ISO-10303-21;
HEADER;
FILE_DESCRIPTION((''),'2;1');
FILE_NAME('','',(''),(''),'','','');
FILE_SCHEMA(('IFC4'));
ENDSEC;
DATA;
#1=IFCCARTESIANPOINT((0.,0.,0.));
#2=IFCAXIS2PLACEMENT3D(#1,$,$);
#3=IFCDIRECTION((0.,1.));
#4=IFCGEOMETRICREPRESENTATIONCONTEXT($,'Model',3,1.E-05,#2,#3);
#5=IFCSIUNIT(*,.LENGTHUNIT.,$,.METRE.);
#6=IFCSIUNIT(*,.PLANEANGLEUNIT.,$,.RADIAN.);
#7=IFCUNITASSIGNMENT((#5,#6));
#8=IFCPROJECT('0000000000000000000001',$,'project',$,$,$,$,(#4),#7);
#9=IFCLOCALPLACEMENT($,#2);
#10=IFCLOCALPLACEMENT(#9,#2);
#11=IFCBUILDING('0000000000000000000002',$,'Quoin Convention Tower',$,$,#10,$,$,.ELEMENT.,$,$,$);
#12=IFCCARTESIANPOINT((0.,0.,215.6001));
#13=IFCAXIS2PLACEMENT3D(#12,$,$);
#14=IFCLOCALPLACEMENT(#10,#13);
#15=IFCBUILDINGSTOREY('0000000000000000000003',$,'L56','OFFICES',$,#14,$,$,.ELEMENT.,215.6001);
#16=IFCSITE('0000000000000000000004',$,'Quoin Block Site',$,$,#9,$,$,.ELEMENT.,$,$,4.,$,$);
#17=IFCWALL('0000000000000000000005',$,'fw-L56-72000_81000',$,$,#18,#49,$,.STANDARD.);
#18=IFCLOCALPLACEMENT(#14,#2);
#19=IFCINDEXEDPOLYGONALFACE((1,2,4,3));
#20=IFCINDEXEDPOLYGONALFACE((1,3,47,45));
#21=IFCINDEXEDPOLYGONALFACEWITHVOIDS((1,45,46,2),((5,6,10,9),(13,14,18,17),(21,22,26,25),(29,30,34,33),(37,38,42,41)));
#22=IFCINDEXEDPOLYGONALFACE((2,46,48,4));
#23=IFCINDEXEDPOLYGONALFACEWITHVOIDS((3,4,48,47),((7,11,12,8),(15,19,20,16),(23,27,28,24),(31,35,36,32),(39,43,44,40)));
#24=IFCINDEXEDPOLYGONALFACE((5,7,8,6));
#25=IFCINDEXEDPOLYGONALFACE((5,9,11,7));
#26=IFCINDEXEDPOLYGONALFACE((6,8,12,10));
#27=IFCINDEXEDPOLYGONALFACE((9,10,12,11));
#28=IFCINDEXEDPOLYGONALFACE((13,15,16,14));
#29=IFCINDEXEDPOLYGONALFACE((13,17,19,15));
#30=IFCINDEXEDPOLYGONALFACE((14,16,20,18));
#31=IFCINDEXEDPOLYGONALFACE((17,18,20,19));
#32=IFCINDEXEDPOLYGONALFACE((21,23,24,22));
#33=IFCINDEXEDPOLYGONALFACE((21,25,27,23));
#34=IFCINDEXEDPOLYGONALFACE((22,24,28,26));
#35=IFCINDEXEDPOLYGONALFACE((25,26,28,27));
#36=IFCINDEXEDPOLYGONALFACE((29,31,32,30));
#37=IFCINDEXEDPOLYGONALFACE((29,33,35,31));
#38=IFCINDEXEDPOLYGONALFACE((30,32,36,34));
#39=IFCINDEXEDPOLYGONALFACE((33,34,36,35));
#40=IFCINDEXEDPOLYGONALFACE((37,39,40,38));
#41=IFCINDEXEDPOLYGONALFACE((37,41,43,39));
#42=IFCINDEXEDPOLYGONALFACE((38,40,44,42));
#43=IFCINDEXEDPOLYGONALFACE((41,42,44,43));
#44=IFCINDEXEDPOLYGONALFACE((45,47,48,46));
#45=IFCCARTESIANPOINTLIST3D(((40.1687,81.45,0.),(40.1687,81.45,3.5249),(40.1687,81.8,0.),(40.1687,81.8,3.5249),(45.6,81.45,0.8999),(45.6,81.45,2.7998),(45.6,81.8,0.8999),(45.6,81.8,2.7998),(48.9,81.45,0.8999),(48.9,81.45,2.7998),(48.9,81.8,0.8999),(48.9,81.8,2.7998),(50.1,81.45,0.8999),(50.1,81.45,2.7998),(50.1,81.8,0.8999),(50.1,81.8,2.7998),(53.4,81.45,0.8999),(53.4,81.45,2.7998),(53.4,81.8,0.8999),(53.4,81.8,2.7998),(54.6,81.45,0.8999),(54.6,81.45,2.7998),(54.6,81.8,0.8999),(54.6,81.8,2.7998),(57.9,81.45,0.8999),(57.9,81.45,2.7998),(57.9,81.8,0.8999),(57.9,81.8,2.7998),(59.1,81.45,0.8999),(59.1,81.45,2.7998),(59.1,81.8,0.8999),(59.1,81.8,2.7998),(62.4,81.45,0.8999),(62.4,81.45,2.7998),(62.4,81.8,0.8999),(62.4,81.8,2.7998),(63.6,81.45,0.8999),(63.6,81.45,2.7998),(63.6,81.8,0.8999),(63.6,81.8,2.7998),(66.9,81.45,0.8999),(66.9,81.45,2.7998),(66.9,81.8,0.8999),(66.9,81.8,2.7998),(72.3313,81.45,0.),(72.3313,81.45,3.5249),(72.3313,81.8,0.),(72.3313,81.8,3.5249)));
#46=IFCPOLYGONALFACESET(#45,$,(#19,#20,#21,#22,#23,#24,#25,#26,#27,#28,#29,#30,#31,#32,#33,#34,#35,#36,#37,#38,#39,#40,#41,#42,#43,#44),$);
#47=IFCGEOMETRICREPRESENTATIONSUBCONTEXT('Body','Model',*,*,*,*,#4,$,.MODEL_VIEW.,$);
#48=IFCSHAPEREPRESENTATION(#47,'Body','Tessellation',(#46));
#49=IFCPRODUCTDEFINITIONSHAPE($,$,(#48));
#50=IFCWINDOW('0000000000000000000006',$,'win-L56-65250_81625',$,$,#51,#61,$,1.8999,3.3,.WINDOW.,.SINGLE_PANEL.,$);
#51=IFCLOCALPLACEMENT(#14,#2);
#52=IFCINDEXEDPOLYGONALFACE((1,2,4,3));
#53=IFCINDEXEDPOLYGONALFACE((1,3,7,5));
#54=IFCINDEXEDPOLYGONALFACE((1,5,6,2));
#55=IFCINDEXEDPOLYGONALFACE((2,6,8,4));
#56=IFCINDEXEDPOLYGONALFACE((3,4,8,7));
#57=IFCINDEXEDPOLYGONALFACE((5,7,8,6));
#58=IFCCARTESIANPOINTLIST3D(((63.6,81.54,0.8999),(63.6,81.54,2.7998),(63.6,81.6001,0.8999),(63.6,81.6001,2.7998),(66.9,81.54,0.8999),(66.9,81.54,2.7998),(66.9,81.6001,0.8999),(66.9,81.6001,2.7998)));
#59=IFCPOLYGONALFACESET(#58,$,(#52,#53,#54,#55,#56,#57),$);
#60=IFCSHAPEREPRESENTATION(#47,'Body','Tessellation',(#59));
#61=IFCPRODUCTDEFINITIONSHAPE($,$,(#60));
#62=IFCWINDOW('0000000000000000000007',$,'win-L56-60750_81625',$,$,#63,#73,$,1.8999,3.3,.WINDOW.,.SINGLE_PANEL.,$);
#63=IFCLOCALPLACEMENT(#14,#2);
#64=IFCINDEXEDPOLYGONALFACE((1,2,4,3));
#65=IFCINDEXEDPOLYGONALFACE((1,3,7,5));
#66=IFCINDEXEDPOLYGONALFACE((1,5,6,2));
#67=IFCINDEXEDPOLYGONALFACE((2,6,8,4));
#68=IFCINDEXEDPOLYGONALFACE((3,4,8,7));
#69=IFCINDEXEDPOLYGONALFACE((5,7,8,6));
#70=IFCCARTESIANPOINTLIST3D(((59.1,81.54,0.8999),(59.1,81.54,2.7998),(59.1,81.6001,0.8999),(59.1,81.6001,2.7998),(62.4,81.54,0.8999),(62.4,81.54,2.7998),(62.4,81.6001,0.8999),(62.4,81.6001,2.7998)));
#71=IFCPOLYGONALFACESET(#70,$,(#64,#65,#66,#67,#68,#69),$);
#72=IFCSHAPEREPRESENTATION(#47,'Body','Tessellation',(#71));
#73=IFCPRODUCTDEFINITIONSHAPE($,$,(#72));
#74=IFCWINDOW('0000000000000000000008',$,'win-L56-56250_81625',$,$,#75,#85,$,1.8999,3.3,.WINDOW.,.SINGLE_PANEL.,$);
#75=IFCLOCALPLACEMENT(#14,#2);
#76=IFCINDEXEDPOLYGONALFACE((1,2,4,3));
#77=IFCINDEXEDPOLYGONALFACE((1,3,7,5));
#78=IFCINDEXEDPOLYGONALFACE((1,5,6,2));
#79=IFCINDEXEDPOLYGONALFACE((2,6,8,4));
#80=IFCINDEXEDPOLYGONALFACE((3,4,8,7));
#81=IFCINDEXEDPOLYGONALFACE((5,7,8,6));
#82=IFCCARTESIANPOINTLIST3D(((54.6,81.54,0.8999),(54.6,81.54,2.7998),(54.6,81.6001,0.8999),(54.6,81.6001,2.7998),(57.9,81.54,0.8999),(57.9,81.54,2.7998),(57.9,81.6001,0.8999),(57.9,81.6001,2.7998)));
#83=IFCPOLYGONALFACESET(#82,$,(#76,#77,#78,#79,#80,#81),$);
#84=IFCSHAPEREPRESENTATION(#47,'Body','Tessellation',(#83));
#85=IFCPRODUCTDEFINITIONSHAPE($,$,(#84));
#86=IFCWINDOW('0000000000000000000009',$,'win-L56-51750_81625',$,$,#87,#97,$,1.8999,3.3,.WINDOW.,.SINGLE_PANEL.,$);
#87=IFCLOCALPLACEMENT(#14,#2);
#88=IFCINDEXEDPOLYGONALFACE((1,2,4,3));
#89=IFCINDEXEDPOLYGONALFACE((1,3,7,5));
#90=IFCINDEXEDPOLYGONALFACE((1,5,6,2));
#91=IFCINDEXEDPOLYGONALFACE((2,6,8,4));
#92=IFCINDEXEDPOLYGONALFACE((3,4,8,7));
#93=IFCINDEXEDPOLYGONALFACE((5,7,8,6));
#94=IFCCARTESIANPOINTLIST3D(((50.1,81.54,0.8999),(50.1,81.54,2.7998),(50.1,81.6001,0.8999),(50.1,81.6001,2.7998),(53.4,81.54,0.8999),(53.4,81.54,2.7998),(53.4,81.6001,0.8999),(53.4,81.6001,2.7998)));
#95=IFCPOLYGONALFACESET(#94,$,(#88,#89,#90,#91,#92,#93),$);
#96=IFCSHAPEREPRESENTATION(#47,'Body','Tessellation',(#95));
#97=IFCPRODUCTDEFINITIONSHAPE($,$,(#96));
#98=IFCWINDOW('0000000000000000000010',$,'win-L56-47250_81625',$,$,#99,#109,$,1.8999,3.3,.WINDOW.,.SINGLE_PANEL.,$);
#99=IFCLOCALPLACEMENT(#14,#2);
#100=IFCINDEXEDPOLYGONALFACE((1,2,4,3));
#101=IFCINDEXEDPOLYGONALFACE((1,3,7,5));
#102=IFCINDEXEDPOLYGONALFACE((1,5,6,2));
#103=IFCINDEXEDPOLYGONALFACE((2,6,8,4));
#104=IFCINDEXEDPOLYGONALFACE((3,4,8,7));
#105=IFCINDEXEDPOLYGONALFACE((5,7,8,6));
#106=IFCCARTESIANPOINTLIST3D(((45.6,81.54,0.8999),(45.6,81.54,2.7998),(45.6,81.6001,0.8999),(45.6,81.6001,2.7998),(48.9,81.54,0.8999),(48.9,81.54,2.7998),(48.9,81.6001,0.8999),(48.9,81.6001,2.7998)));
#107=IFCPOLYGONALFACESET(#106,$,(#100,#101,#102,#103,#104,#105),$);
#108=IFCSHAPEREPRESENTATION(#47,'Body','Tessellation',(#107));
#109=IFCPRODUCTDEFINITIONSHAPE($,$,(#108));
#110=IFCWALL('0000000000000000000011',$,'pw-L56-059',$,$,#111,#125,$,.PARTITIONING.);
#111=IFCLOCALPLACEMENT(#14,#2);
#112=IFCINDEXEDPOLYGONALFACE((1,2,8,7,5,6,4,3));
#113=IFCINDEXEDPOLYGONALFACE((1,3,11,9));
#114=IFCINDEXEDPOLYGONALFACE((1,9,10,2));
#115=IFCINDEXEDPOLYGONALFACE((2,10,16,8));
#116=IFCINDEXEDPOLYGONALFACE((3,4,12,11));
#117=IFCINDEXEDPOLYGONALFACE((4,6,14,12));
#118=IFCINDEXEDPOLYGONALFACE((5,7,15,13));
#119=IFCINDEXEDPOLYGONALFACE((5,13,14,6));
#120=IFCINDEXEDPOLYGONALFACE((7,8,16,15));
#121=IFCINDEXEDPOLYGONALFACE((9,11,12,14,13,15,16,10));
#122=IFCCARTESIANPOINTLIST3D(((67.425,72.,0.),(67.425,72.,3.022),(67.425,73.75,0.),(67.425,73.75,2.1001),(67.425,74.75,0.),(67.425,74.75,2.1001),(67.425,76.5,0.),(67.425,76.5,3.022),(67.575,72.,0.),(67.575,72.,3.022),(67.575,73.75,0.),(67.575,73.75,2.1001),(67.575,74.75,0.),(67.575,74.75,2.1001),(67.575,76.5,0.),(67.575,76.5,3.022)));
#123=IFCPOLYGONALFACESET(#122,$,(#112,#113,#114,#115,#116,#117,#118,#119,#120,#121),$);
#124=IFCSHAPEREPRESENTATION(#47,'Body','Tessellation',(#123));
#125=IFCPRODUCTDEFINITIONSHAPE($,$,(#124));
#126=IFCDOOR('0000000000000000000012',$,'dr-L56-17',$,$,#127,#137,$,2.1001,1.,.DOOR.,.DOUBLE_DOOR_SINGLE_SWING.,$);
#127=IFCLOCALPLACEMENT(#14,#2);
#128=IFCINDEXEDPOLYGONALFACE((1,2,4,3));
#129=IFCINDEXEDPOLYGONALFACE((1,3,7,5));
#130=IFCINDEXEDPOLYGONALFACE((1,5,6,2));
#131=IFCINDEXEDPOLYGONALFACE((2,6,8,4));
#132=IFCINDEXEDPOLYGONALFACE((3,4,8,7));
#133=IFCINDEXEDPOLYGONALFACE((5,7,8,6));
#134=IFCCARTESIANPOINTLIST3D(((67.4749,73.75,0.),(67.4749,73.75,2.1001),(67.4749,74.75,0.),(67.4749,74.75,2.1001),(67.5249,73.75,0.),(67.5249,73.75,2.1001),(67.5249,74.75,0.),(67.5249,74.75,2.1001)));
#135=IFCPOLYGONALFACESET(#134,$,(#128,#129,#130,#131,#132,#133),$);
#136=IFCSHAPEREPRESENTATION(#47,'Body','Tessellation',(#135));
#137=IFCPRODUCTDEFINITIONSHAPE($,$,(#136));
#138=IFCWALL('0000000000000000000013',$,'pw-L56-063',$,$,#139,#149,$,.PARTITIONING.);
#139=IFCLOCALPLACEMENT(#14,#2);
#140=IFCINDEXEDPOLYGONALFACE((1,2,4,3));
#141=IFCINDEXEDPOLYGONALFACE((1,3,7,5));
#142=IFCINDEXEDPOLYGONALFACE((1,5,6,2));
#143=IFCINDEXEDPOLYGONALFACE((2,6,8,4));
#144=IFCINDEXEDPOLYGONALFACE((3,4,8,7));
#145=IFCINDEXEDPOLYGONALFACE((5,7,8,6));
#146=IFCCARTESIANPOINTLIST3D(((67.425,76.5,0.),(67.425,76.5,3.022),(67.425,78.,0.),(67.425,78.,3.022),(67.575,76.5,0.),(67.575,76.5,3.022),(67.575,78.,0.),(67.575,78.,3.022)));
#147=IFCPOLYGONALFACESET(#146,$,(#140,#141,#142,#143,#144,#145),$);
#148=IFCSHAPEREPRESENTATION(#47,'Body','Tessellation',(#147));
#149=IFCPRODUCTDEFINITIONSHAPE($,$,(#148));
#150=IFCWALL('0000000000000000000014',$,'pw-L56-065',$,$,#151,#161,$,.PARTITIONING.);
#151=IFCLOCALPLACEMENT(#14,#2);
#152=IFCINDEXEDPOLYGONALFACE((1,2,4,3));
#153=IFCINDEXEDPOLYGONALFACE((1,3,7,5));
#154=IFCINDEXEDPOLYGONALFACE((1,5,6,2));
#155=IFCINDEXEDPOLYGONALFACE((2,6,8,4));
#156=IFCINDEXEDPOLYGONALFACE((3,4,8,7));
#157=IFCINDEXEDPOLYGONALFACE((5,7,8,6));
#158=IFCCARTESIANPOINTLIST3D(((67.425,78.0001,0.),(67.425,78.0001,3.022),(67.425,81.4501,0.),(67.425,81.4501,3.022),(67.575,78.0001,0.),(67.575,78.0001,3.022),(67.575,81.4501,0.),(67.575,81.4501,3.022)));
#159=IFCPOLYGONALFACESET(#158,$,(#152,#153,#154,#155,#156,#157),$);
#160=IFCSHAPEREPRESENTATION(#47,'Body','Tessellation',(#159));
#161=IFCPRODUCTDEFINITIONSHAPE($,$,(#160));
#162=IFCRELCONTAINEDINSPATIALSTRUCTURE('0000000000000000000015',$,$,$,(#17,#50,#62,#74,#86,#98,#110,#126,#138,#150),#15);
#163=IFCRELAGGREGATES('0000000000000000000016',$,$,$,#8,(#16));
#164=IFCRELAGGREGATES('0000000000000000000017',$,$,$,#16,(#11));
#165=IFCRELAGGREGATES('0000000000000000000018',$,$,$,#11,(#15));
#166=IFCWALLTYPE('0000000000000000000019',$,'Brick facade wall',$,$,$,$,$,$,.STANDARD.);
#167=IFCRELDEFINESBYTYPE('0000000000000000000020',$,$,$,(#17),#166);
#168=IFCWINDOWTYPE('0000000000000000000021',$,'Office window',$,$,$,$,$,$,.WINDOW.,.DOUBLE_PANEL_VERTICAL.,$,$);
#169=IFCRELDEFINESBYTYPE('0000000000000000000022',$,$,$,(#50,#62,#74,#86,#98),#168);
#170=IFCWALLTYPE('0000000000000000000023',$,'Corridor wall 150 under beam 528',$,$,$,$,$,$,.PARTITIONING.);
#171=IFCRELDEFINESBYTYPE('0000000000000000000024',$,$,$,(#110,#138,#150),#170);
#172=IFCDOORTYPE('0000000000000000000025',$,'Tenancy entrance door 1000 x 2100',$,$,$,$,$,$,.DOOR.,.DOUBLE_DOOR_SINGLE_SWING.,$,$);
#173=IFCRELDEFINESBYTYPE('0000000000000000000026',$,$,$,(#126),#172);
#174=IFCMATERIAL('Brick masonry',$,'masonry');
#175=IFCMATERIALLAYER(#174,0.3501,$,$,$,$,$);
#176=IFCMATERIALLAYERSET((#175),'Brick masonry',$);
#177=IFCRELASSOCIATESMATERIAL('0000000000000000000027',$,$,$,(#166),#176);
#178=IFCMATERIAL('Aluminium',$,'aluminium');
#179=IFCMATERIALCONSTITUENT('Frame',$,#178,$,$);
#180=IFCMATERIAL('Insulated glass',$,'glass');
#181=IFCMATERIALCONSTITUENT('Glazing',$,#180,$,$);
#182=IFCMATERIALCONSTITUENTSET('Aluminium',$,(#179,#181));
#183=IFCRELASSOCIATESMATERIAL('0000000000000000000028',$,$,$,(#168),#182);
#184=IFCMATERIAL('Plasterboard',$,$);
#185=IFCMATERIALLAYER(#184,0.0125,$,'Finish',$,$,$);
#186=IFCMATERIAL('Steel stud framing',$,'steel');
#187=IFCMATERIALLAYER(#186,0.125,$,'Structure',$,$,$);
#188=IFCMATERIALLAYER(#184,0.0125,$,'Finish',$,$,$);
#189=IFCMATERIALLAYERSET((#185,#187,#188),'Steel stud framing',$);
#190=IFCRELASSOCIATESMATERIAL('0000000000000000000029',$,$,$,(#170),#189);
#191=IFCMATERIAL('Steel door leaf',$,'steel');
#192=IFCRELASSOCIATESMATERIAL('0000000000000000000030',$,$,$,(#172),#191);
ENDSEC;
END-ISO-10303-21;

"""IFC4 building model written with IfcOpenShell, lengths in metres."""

from ifc_helpers import new_model, si_unit, direction, frame, frame_2d, origin, place, context, subcontext, project, spatial, rectangle, extrude, material, layer, layer_set, constituent, constituent_set, type_object, element, fill, save


model = new_model("IFC4")

# Units and contexts
model_context = context("Model", 3, precision=1e-05, world=origin(), true_north=direction((0.0, 1.0)))
body_context = subcontext(model_context, "Body", "Model", "MODEL_VIEW")
ifc_project = project(units=[si_unit("LENGTHUNIT", "METRE"), si_unit("PLANEANGLEUNIT", "RADIAN")], contexts=[model_context])

# Site, building, storey
site_placement = place(None, origin())
site = spatial("IfcSite", under=ifc_project, at=site_placement, Name="Quoin Block Site", CompositionType="ELEMENT", RefElevation=4.0)
building_placement = place(site_placement, origin())
building = spatial("IfcBuilding", under=site, at=building_placement, Name="Quoin Convention Tower", CompositionType="ELEMENT")
storey_placement = place(building_placement, frame((0.0, 0.0, 215.6001)))
storey = spatial("IfcBuildingStorey", under=building, at=storey_placement, Name="L56", Description="OFFICES", CompositionType="ELEMENT", Elevation=215.6001)

# Shared definitions
ifc_material_1 = material(Name="Brick masonry", Category="masonry")
ifc_layer_1 = layer(ifc_material_1, 0.3501)
ifc_layer_set_1 = layer_set([ifc_layer_1], Name="Brick masonry")
wall_type_1 = type_object("IfcWallType", Name="Brick facade wall", PredefinedType="STANDARD", material=ifc_layer_set_1)
ifc_material_2 = material(Name="Aluminium", Category="aluminium")
ifc_constituent_1 = constituent(ifc_material_2, Name="Frame")
ifc_material_3 = material(Name="Insulated glass", Category="glass")
ifc_constituent_2 = constituent(ifc_material_3, Name="Glazing")
ifc_constituent_set = constituent_set(constituents=[ifc_constituent_1, ifc_constituent_2], Name="Aluminium")
window_type = type_object("IfcWindowType", Name="Office window", PartitioningType="DOUBLE_PANEL_VERTICAL", PredefinedType="WINDOW", material=ifc_constituent_set)

# Wall, openings, windows
wall_1_placement = place(storey_placement, frame((72.3313, 81.625, 0.0), z_axis=(0.0, 0.0, 1.0), x_axis=(-1.0, 0.0, 0.0)))
wall_1 = element("IfcWall", 1, at=wall_1_placement, inside=storey, type_object=wall_type_1, Name="fw-L56-72000_81000", PredefinedType="STANDARD", context=body_context, shape_type="SweptSolid", body=[
    extrude(rectangle(XDim=32.1626, YDim=0.3501, at=frame_2d((16.0813, 0.0))), origin(), (0.0, 0.0, 1.0), 3.5249),
])
opening_1_placement = place(wall_1_placement, frame((5.4314, 0.0, 0.8999)))
opening_1 = element("IfcOpeningElement", 2, at=opening_1_placement, cuts=wall_1, PredefinedType="OPENING", context=body_context, shape_type="SweptSolid", body=[
    extrude(rectangle(XDim=3.3, YDim=1.8999, at=frame_2d((1.6499, 0.95))), frame((0.0, 0.1851, 0.0), z_axis=(0.0, -1.0, 0.0), x_axis=(1.0, 0.0, 0.0)), (0.0, 0.0, 1.0), 0.3701),
])
opening_2_placement = place(wall_1_placement, frame((9.9314, 0.0, 0.8999)))
opening_2 = element("IfcOpeningElement", 3, at=opening_2_placement, cuts=wall_1, PredefinedType="OPENING", context=body_context, shape_type="SweptSolid", body=[
    extrude(rectangle(XDim=3.3, YDim=1.8999, at=frame_2d((1.6499, 0.95))), frame((0.0, 0.1851, 0.0), z_axis=(0.0, -1.0, 0.0), x_axis=(1.0, 0.0, 0.0)), (0.0, 0.0, 1.0), 0.3701),
])
opening_3_placement = place(wall_1_placement, frame((14.4314, 0.0, 0.8999)))
opening_3 = element("IfcOpeningElement", 4, at=opening_3_placement, cuts=wall_1, PredefinedType="OPENING", context=body_context, shape_type="SweptSolid", body=[
    extrude(rectangle(XDim=3.3, YDim=1.8999, at=frame_2d((1.6499, 0.95))), frame((0.0, 0.1851, 0.0), z_axis=(0.0, -1.0, 0.0), x_axis=(1.0, 0.0, 0.0)), (0.0, 0.0, 1.0), 0.3701),
])
opening_4_placement = place(wall_1_placement, frame((18.9314, 0.0, 0.8999)))
opening_4 = element("IfcOpeningElement", 5, at=opening_4_placement, cuts=wall_1, PredefinedType="OPENING", context=body_context, shape_type="SweptSolid", body=[
    extrude(rectangle(XDim=3.3, YDim=1.8999, at=frame_2d((1.6499, 0.95))), frame((0.0, 0.1851, 0.0), z_axis=(0.0, -1.0, 0.0), x_axis=(1.0, 0.0, 0.0)), (0.0, 0.0, 1.0), 0.3701),
])
opening_5_placement = place(wall_1_placement, frame((23.4314, 0.0, 0.8999)))
opening_5 = element("IfcOpeningElement", 6, at=opening_5_placement, cuts=wall_1, PredefinedType="OPENING", context=body_context, shape_type="SweptSolid", body=[
    extrude(rectangle(XDim=3.3, YDim=1.8999, at=frame_2d((1.6499, 0.95))), frame((0.0, 0.1851, 0.0), z_axis=(0.0, -1.0, 0.0), x_axis=(1.0, 0.0, 0.0)), (0.0, 0.0, 1.0), 0.3701),
])
window_1_placement = place(opening_1_placement, origin())
window_1 = element("IfcWindow", 7, at=window_1_placement, inside=storey, type_object=window_type, Name="win-L56-65250_81625", OverallHeight=1.8999, OverallWidth=3.3, PartitioningType="SINGLE_PANEL", PredefinedType="WINDOW", context=body_context, shape_type="SweptSolid", body=[
    extrude(rectangle(XDim=3.3, YDim=1.8999, at=frame_2d((1.6499, 0.95))), frame((0.0, 0.085, 0.0), z_axis=(0.0, -1.0, 0.0), x_axis=(1.0, 0.0, 0.0)), (0.0, 0.0, 1.0), 0.0601),
])
fill(opening_1, window_1)
window_2_placement = place(opening_2_placement, origin())
window_2 = element("IfcWindow", 8, at=window_2_placement, inside=storey, type_object=window_type, Name="win-L56-60750_81625", OverallHeight=1.8999, OverallWidth=3.3, PartitioningType="SINGLE_PANEL", PredefinedType="WINDOW", context=body_context, shape_type="SweptSolid", body=[
    extrude(rectangle(XDim=3.3, YDim=1.8999, at=frame_2d((1.6499, 0.95))), frame((0.0, 0.085, 0.0), z_axis=(0.0, -1.0, 0.0), x_axis=(1.0, 0.0, 0.0)), (0.0, 0.0, 1.0), 0.0601),
])
fill(opening_2, window_2)
window_3_placement = place(opening_3_placement, origin())
window_3 = element("IfcWindow", 9, at=window_3_placement, inside=storey, type_object=window_type, Name="win-L56-56250_81625", OverallHeight=1.8999, OverallWidth=3.3, PartitioningType="SINGLE_PANEL", PredefinedType="WINDOW", context=body_context, shape_type="SweptSolid", body=[
    extrude(rectangle(XDim=3.3, YDim=1.8999, at=frame_2d((1.6499, 0.95))), frame((0.0, 0.085, 0.0), z_axis=(0.0, -1.0, 0.0), x_axis=(1.0, 0.0, 0.0)), (0.0, 0.0, 1.0), 0.0601),
])
fill(opening_3, window_3)
window_4_placement = place(opening_4_placement, origin())
window_4 = element("IfcWindow", 10, at=window_4_placement, inside=storey, type_object=window_type, Name="win-L56-51750_81625", OverallHeight=1.8999, OverallWidth=3.3, PartitioningType="SINGLE_PANEL", PredefinedType="WINDOW", context=body_context, shape_type="SweptSolid", body=[
    extrude(rectangle(XDim=3.3, YDim=1.8999, at=frame_2d((1.6499, 0.95))), frame((0.0, 0.085, 0.0), z_axis=(0.0, -1.0, 0.0), x_axis=(1.0, 0.0, 0.0)), (0.0, 0.0, 1.0), 0.0601),
])
fill(opening_4, window_4)
window_5_placement = place(opening_5_placement, origin())
window_5 = element("IfcWindow", 11, at=window_5_placement, inside=storey, type_object=window_type, Name="win-L56-47250_81625", OverallHeight=1.8999, OverallWidth=3.3, PartitioningType="SINGLE_PANEL", PredefinedType="WINDOW", context=body_context, shape_type="SweptSolid", body=[
    extrude(rectangle(XDim=3.3, YDim=1.8999, at=frame_2d((1.6499, 0.95))), frame((0.0, 0.085, 0.0), z_axis=(0.0, -1.0, 0.0), x_axis=(1.0, 0.0, 0.0)), (0.0, 0.0, 1.0), 0.0601),
])
fill(opening_5, window_5)

# Wall, opening, door
ifc_material_4 = material(Name="Plasterboard")
ifc_layer_2 = layer(ifc_material_4, 0.0125, Name="Finish")
ifc_material_5 = material(Name="Steel stud framing", Category="steel")
ifc_layer_3 = layer(ifc_material_5, 0.125, Name="Structure")
ifc_layer_4 = layer(ifc_material_4, 0.0125, Name="Finish")
ifc_layer_set_2 = layer_set([ifc_layer_2, ifc_layer_3, ifc_layer_4], Name="Steel stud framing")
wall_type_2 = type_object("IfcWallType", Name="Corridor wall 150 under beam 528", PredefinedType="PARTITIONING", material=ifc_layer_set_2)
wall_2_placement = place(storey_placement, frame((67.5, 72.0, 0.0), z_axis=(0.0, 0.0, 1.0), x_axis=(0.0, 1.0, 0.0)))
wall_2 = element("IfcWall", 12, at=wall_2_placement, inside=storey, type_object=wall_type_2, Name="pw-L56-059", PredefinedType="PARTITIONING", context=body_context, shape_type="SweptSolid", body=[
    extrude(rectangle(XDim=4.5, YDim=0.1499, at=frame_2d((2.25, 0.0))), origin(), (0.0, 0.0, 1.0), 3.022),
])
opening_6_placement = place(wall_2_placement, frame((1.75, 0.0, 0.0)))
opening_6 = element("IfcOpeningElement", 13, at=opening_6_placement, cuts=wall_2, PredefinedType="OPENING", context=body_context, shape_type="SweptSolid", body=[
    extrude(rectangle(XDim=1.0, YDim=2.1001, at=frame_2d((0.5, 1.05))), frame((0.0, 0.085, 0.0), z_axis=(0.0, -1.0, 0.0), x_axis=(1.0, 0.0, 0.0)), (0.0, 0.0, 1.0), 0.1699),
])
ifc_material_6 = material(Name="Steel door leaf", Category="steel")
door_type = type_object("IfcDoorType", Name="Tenancy entrance door 1000 x 2100", OperationType="DOUBLE_DOOR_SINGLE_SWING", PredefinedType="DOOR", material=ifc_material_6)
door_placement = place(opening_6_placement, frame((1.0, 0.0, 0.0), z_axis=(0.0, 0.0, 1.0), x_axis=(-1.0, 0.0, 0.0)))
door = element("IfcDoor", 14, at=door_placement, inside=storey, type_object=door_type, Name="dr-L56-17", OperationType="DOUBLE_DOOR_SINGLE_SWING", OverallHeight=2.1001, OverallWidth=1.0, PredefinedType="DOOR", context=body_context, shape_type="SweptSolid", body=[
    extrude(rectangle(XDim=1.0, YDim=2.1001, at=frame_2d((0.5, 1.05))), frame((0.0, 0.0249, 0.0), z_axis=(0.0, -1.0, 0.0), x_axis=(1.0, 0.0, 0.0)), (0.0, 0.0, 1.0), 0.05),
])
fill(opening_6, door)

# Walls
wall_3_placement = place(storey_placement, frame((67.5, 76.5, 0.0), z_axis=(0.0, 0.0, 1.0), x_axis=(0.0, 1.0, 0.0)))
element("IfcWall", 15, at=wall_3_placement, inside=storey, type_object=wall_type_2, Name="pw-L56-063", PredefinedType="PARTITIONING", context=body_context, shape_type="SweptSolid", body=[
    extrude(rectangle(XDim=1.5, YDim=0.1499, at=frame_2d((0.75, 0.0))), origin(), (0.0, 0.0, 1.0), 3.022),
])
wall_4_placement = place(storey_placement, frame((67.5, 78.0, 0.0), z_axis=(0.0, 0.0, 1.0), x_axis=(0.0, 1.0, 0.0)))
element("IfcWall", 16, at=wall_4_placement, inside=storey, type_object=wall_type_2, Name="pw-L56-065", PredefinedType="PARTITIONING", context=body_context, shape_type="SweptSolid", body=[
    extrude(rectangle(XDim=3.45, YDim=0.1499, at=frame_2d((1.7251, 0.0))), origin(), (0.0, 0.0, 1.0), 3.022),
])

save(model, "model.ifc")
